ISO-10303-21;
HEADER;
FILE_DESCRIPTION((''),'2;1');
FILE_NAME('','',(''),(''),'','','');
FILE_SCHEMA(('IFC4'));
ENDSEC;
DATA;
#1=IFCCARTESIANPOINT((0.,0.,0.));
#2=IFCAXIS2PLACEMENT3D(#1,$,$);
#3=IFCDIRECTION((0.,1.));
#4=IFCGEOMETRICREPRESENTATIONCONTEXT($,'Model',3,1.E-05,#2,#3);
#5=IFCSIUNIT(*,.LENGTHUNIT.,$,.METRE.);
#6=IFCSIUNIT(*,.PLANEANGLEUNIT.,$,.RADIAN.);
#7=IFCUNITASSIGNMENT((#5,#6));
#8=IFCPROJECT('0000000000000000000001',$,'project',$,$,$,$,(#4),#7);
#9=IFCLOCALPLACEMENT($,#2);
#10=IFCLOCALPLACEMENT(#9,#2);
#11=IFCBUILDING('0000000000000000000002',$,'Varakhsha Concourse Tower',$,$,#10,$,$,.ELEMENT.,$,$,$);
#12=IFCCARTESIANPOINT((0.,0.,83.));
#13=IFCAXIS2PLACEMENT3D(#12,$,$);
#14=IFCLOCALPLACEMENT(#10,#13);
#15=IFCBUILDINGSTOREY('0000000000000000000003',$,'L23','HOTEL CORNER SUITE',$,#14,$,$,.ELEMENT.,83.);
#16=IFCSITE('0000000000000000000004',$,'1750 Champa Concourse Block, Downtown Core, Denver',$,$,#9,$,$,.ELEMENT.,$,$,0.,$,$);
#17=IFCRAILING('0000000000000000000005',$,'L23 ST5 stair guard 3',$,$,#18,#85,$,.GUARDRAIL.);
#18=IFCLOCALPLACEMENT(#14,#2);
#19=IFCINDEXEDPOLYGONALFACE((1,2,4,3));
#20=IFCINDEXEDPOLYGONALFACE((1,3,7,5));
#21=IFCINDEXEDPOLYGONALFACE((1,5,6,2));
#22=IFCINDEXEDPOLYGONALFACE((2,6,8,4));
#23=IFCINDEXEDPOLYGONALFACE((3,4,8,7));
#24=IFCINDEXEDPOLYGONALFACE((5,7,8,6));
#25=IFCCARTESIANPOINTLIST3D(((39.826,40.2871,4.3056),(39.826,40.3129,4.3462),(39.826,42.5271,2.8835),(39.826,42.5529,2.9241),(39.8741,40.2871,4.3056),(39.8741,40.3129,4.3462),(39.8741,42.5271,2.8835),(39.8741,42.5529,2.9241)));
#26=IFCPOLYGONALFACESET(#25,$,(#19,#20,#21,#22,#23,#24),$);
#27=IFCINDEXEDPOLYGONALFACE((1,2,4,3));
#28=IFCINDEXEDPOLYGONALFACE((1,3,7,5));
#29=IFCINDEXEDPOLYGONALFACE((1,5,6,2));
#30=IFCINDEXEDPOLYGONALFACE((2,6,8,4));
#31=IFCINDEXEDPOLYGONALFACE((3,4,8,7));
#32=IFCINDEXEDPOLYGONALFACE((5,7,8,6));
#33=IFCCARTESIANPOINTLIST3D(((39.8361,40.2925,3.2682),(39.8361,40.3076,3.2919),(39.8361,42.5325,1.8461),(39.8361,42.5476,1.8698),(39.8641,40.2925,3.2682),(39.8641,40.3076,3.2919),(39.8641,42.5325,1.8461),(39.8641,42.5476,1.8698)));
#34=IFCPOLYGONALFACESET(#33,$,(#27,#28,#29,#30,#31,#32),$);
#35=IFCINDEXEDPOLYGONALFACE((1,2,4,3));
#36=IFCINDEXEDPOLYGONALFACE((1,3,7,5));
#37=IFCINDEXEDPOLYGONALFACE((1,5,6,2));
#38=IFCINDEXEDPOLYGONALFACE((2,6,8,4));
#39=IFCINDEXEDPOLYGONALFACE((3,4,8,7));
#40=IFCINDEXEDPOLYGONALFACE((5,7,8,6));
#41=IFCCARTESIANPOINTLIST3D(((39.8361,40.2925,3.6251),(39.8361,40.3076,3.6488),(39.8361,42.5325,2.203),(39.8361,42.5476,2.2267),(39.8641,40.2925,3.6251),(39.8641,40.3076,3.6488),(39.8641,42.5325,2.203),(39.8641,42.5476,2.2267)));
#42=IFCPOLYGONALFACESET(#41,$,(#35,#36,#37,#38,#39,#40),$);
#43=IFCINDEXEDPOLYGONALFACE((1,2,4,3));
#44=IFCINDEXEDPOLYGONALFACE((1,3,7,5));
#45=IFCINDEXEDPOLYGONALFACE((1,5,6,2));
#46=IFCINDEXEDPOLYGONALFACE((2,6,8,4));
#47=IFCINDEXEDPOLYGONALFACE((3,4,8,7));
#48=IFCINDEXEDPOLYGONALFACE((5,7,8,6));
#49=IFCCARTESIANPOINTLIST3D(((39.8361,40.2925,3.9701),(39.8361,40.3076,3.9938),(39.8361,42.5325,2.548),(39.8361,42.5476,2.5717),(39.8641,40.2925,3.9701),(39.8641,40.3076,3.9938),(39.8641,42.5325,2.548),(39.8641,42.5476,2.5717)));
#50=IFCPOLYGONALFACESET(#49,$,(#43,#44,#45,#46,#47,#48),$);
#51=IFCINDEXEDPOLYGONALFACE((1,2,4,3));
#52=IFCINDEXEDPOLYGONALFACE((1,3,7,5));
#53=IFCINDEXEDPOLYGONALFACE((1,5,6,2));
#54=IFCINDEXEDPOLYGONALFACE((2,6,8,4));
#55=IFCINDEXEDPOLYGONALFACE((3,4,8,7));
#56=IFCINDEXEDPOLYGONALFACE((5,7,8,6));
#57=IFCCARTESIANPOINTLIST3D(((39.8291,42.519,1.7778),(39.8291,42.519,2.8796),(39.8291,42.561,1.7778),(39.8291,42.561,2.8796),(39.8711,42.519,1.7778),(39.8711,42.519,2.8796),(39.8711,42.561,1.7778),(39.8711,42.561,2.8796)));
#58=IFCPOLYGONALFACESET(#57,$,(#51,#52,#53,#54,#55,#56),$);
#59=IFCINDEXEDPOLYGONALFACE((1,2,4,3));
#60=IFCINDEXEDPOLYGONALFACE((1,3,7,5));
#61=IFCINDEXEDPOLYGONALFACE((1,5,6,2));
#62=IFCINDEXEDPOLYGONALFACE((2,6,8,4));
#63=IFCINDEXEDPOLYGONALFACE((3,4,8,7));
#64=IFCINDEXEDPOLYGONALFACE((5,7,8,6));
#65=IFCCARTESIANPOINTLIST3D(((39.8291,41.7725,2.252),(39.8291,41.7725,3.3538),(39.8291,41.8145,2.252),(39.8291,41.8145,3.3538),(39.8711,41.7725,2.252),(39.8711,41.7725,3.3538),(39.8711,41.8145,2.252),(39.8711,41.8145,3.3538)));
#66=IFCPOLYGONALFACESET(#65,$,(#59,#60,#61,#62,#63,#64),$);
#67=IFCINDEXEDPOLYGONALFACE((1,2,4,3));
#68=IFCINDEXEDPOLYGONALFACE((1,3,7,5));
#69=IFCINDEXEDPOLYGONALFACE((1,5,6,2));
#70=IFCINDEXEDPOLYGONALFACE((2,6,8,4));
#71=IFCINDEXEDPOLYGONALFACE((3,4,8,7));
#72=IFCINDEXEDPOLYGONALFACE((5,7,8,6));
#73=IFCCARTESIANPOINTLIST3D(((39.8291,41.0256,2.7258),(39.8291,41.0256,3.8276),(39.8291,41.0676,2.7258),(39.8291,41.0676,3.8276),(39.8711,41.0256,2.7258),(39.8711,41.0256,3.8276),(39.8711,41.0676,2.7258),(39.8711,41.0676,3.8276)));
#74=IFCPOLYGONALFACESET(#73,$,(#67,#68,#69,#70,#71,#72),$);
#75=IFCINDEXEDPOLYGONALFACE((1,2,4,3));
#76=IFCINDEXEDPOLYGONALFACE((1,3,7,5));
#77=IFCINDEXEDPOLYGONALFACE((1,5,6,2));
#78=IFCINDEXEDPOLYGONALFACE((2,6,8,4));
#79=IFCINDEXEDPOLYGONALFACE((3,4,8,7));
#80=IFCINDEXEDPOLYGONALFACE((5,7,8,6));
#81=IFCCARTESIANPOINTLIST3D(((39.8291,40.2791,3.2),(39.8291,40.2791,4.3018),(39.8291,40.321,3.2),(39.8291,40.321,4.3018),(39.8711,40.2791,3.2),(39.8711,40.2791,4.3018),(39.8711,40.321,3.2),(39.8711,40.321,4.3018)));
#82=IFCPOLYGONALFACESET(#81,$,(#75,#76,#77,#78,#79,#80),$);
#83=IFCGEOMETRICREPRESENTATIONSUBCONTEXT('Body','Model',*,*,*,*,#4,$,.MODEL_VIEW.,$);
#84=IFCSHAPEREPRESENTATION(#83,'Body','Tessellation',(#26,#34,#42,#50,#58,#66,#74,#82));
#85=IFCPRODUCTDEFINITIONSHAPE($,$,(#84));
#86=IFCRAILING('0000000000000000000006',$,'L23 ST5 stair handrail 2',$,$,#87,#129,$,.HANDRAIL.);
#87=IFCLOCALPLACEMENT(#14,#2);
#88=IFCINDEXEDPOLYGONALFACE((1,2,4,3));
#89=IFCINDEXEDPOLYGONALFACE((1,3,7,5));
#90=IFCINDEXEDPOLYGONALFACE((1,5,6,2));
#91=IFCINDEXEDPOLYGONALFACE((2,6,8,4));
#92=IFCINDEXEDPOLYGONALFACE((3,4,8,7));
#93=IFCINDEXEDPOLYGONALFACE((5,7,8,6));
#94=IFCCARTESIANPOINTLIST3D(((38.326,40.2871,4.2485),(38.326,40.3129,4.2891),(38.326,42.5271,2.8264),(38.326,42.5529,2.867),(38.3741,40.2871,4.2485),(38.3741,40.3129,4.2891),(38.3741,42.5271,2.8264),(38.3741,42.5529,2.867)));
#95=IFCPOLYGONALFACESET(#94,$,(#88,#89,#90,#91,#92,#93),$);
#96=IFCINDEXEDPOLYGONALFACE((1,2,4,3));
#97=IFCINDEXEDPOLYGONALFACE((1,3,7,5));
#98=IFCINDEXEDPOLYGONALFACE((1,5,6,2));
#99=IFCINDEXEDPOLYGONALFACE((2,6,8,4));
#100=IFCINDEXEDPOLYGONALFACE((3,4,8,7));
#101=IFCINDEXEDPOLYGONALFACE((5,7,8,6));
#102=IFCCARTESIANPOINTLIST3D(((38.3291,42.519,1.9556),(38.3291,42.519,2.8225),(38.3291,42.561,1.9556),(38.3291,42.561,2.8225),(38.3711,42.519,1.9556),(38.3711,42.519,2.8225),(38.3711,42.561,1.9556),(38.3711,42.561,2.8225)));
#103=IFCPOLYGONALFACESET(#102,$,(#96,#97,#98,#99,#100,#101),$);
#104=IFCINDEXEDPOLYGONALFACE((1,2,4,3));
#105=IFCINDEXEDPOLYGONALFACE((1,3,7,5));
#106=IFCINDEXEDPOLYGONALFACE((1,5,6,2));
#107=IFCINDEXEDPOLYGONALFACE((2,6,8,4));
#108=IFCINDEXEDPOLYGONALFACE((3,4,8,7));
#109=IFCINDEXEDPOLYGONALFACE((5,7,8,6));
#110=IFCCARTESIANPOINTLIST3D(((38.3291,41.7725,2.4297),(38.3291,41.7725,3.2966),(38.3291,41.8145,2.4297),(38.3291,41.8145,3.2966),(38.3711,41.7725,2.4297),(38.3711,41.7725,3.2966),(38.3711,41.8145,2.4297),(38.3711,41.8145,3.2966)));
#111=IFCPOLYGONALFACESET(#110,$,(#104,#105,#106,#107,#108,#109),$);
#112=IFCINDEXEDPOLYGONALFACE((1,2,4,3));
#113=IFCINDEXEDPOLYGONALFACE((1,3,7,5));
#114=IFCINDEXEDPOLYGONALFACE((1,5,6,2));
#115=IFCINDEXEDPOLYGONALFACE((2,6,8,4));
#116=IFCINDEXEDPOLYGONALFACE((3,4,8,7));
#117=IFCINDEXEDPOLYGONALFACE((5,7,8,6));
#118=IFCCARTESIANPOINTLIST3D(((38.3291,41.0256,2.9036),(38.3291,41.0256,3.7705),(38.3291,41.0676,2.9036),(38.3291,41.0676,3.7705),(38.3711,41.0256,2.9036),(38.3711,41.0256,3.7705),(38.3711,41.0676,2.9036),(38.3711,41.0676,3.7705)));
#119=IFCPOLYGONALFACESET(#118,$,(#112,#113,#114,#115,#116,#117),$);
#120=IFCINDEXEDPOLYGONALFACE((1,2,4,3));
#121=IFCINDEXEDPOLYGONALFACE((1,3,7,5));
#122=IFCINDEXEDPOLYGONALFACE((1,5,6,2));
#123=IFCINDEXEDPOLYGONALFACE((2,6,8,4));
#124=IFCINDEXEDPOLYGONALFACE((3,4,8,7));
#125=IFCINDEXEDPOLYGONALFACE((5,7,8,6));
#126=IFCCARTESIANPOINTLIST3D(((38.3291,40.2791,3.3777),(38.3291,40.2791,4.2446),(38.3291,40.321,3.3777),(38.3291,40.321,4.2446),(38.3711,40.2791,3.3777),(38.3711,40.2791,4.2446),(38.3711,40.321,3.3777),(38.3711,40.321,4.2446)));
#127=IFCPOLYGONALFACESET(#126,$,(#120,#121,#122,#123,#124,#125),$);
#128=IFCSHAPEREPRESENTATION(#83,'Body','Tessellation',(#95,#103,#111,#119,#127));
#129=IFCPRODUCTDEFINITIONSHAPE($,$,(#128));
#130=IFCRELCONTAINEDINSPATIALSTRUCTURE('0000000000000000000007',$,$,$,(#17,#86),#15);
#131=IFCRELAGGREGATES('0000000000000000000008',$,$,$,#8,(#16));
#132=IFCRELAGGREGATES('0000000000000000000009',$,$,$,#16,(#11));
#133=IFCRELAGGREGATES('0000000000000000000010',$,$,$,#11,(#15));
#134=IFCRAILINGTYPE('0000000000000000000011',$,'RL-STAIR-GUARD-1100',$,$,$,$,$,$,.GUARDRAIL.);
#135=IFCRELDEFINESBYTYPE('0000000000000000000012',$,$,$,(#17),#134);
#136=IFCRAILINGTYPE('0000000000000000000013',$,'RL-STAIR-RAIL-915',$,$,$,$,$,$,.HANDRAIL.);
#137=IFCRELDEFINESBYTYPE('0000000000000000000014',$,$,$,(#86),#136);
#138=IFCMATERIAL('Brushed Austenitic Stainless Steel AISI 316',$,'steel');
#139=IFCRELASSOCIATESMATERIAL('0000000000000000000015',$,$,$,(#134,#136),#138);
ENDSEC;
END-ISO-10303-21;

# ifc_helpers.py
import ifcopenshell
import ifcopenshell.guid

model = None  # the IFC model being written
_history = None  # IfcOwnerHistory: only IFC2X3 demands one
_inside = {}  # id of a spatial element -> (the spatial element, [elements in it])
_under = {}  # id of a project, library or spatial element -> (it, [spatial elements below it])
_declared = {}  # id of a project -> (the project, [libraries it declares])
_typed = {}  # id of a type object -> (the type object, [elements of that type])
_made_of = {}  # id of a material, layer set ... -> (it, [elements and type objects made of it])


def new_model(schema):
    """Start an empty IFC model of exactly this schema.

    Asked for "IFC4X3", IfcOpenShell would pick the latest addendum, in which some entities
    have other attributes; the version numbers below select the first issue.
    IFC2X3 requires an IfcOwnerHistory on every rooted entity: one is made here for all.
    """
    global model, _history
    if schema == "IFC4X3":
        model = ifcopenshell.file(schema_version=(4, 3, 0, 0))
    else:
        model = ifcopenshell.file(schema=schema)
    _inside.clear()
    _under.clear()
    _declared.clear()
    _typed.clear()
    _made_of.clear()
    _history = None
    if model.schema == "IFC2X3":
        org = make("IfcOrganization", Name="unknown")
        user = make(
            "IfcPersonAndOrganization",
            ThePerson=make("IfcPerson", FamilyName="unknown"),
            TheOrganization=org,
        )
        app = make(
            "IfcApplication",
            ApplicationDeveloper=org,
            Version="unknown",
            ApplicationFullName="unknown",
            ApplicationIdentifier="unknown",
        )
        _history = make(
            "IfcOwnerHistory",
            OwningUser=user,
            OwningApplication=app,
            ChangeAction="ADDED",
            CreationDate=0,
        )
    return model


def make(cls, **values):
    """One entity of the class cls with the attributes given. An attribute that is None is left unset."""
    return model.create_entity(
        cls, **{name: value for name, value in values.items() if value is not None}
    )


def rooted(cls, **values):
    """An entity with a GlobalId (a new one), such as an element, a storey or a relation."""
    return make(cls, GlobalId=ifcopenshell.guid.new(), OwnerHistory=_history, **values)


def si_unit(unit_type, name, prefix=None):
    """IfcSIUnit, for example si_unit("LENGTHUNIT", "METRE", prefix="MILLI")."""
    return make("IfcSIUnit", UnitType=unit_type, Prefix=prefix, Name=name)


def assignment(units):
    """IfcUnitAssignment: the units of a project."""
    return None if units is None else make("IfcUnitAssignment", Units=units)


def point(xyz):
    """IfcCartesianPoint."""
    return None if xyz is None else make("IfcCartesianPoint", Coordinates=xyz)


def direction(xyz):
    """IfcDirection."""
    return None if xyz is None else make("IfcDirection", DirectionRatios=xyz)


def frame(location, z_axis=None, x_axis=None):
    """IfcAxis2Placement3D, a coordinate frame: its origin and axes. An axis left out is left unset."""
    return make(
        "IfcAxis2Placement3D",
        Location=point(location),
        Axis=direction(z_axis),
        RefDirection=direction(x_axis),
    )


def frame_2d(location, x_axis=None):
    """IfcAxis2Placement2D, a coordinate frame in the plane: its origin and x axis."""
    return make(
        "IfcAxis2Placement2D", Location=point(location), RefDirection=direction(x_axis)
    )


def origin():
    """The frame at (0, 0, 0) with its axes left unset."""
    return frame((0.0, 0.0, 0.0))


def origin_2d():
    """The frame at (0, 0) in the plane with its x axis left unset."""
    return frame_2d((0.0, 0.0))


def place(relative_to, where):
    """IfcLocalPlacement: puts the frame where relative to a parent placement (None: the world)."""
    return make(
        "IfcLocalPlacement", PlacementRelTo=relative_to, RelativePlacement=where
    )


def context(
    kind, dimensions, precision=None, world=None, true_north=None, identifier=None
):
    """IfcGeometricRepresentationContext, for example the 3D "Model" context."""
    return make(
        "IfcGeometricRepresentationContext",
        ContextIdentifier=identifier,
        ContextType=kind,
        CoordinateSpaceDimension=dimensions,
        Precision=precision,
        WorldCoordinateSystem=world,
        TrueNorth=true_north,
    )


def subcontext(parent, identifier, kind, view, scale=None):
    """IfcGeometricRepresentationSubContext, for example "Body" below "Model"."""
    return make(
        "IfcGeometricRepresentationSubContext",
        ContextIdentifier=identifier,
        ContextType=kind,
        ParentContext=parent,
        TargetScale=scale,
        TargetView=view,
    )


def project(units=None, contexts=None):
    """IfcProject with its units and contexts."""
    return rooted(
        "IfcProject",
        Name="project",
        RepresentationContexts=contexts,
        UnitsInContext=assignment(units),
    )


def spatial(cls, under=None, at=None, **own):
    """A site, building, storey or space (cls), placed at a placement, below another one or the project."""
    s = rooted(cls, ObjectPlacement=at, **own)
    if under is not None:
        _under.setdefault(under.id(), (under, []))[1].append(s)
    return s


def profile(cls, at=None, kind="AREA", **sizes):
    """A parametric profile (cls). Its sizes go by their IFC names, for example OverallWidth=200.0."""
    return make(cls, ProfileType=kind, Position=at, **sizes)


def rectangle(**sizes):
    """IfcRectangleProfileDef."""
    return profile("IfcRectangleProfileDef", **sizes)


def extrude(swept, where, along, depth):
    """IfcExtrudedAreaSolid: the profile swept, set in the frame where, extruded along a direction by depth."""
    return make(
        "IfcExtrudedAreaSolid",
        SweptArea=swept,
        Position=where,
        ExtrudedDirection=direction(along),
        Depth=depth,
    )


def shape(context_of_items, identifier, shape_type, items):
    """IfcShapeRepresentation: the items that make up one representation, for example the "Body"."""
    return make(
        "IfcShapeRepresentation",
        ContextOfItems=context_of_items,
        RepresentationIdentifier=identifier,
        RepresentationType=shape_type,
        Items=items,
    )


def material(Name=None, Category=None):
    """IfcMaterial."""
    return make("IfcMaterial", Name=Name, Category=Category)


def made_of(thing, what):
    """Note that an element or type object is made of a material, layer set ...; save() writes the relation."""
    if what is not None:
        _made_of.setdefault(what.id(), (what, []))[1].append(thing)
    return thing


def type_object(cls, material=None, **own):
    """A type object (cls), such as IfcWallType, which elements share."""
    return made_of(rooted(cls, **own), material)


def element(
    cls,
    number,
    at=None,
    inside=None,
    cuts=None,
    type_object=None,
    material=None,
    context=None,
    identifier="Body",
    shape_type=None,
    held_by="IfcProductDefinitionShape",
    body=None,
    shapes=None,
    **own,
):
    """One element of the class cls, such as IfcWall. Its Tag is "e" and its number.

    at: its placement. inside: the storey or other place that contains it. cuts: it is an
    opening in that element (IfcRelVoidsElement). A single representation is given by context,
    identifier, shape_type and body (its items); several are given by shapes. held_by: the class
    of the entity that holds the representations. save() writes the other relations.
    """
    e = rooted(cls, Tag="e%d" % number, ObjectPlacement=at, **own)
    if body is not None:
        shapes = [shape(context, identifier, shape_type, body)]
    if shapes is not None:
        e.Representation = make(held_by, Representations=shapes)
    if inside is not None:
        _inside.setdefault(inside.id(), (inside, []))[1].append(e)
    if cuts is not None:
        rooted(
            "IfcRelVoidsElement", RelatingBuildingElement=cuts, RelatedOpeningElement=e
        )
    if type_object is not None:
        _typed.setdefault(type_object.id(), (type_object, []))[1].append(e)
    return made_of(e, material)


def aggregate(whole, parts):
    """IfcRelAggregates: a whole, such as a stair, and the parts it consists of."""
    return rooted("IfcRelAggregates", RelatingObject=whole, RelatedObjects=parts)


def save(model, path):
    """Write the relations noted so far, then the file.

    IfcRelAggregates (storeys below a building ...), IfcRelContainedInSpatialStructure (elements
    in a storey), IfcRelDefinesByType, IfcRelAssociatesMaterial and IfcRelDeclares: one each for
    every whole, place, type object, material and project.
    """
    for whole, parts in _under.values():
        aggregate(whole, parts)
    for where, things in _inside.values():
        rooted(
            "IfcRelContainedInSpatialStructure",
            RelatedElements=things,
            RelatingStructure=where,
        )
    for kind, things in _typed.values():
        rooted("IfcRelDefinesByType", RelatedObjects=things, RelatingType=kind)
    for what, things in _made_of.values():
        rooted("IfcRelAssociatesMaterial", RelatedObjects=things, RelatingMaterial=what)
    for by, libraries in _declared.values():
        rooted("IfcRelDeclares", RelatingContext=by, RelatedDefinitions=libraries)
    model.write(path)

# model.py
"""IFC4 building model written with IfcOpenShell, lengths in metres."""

from ifc_helpers import new_model, si_unit, direction, frame, origin, origin_2d, place, context, subcontext, project, spatial, rectangle, extrude, material, type_object, element, save


model = new_model("IFC4")

# Units and contexts
model_context = context("Model", 3, precision=1e-05, world=origin(), true_north=direction((0.0, 1.0)))
body_context = subcontext(model_context, "Body", "Model", "MODEL_VIEW")
ifc_project = project(units=[si_unit("LENGTHUNIT", "METRE"), si_unit("PLANEANGLEUNIT", "RADIAN")], contexts=[model_context])

# Site, building, storey
site_placement = place(None, origin())
site = spatial("IfcSite", under=ifc_project, at=site_placement, Name="1750 Champa Concourse Block, Downtown Core, Denver", CompositionType="ELEMENT", RefElevation=0.0)
building_placement = place(site_placement, origin())
building = spatial("IfcBuilding", under=site, at=building_placement, Name="Varakhsha Concourse Tower", CompositionType="ELEMENT")
storey_placement = place(building_placement, frame((0.0, 0.0, 83.0)))
storey = spatial("IfcBuildingStorey", under=building, at=storey_placement, Name="L23", Description="HOTEL CORNER SUITE", CompositionType="ELEMENT", Elevation=83.0)

# Railings
ifc_material_1 = material(Name="Brushed Austenitic Stainless Steel AISI 316", Category="steel")
railing_type_1 = type_object("IfcRailingType", Name="RL-STAIR-GUARD-1100", PredefinedType="GUARDRAIL", material=ifc_material_1)
railing_1_placement = place(storey_placement, frame((39.8501, 42.54, 1.7778)))
element("IfcRailing", 1, at=railing_1_placement, inside=storey, type_object=railing_type_1, Name="L23 ST5 stair guard 3", PredefinedType="GUARDRAIL", context=body_context, shape_type="SweptSolid", body=[
    extrude(rectangle(XDim=0.0481, YDim=0.0481, at=origin_2d()), frame((0.0, 0.0, 1.126), z_axis=(0.0, -0.844229, 0.535982), x_axis=(1.0, 0.0, 0.0)), (0.0, 0.0, 1.0), 2.6533),
    extrude(rectangle(XDim=0.0281, YDim=0.0281, at=origin_2d()), frame((0.0, 0.0, 0.0801), z_axis=(0.0, -0.844229, 0.535982), x_axis=(1.0, 0.0, 0.0)), (0.0, 0.0, 1.0), 2.6533),
    extrude(rectangle(XDim=0.0281, YDim=0.0281, at=origin_2d()), frame((0.0, 0.0, 0.437), z_axis=(0.0, -0.844229, 0.535982), x_axis=(1.0, 0.0, 0.0)), (0.0, 0.0, 1.0), 2.6533),
    extrude(rectangle(XDim=0.0281, YDim=0.0281, at=origin_2d()), frame((0.0, 0.0, 0.782), z_axis=(0.0, -0.844229, 0.535982), x_axis=(1.0, 0.0, 0.0)), (0.0, 0.0, 1.0), 2.6533),
    extrude(rectangle(XDim=0.042, YDim=0.042, at=origin_2d()), origin(), (0.0, 0.0, 1.0), 1.1018),
    extrude(rectangle(XDim=0.042, YDim=0.042, at=origin_2d()), frame((0.0, -0.7466, 0.4741)), (0.0, 0.0, 1.0), 1.1018),
    extrude(rectangle(XDim=0.042, YDim=0.042, at=origin_2d()), frame((0.0, -1.4934, 0.948)), (0.0, 0.0, 1.0), 1.1018),
    extrude(rectangle(XDim=0.042, YDim=0.042, at=origin_2d()), frame((0.0, -2.24, 1.4221)), (0.0, 0.0, 1.0), 1.1018),
])
railing_type_2 = type_object("IfcRailingType", Name="RL-STAIR-RAIL-915", PredefinedType="HANDRAIL", material=ifc_material_1)
railing_2_placement = place(storey_placement, frame((38.3501, 42.54, 1.9556)))
element("IfcRailing", 2, at=railing_2_placement, inside=storey, type_object=railing_type_2, Name="L23 ST5 stair handrail 2", PredefinedType="HANDRAIL", context=body_context, shape_type="SweptSolid", body=[
    extrude(rectangle(XDim=0.0481, YDim=0.0481, at=origin_2d()), frame((0.0, 0.0, 0.8911), z_axis=(0.0, -0.844229, 0.535982), x_axis=(1.0, 0.0, 0.0)), (0.0, 0.0, 1.0), 2.6533),
    extrude(rectangle(XDim=0.042, YDim=0.042, at=origin_2d()), origin(), (0.0, 0.0, 1.0), 0.8669),
    extrude(rectangle(XDim=0.042, YDim=0.042, at=origin_2d()), frame((0.0, -0.7466, 0.4741)), (0.0, 0.0, 1.0), 0.8669),
    extrude(rectangle(XDim=0.042, YDim=0.042, at=origin_2d()), frame((0.0, -1.4934, 0.948)), (0.0, 0.0, 1.0), 0.8669),
    extrude(rectangle(XDim=0.042, YDim=0.042, at=origin_2d()), frame((0.0, -2.24, 1.4221)), (0.0, 0.0, 1.0), 0.8669),
])

save(model, "model.ifc")
